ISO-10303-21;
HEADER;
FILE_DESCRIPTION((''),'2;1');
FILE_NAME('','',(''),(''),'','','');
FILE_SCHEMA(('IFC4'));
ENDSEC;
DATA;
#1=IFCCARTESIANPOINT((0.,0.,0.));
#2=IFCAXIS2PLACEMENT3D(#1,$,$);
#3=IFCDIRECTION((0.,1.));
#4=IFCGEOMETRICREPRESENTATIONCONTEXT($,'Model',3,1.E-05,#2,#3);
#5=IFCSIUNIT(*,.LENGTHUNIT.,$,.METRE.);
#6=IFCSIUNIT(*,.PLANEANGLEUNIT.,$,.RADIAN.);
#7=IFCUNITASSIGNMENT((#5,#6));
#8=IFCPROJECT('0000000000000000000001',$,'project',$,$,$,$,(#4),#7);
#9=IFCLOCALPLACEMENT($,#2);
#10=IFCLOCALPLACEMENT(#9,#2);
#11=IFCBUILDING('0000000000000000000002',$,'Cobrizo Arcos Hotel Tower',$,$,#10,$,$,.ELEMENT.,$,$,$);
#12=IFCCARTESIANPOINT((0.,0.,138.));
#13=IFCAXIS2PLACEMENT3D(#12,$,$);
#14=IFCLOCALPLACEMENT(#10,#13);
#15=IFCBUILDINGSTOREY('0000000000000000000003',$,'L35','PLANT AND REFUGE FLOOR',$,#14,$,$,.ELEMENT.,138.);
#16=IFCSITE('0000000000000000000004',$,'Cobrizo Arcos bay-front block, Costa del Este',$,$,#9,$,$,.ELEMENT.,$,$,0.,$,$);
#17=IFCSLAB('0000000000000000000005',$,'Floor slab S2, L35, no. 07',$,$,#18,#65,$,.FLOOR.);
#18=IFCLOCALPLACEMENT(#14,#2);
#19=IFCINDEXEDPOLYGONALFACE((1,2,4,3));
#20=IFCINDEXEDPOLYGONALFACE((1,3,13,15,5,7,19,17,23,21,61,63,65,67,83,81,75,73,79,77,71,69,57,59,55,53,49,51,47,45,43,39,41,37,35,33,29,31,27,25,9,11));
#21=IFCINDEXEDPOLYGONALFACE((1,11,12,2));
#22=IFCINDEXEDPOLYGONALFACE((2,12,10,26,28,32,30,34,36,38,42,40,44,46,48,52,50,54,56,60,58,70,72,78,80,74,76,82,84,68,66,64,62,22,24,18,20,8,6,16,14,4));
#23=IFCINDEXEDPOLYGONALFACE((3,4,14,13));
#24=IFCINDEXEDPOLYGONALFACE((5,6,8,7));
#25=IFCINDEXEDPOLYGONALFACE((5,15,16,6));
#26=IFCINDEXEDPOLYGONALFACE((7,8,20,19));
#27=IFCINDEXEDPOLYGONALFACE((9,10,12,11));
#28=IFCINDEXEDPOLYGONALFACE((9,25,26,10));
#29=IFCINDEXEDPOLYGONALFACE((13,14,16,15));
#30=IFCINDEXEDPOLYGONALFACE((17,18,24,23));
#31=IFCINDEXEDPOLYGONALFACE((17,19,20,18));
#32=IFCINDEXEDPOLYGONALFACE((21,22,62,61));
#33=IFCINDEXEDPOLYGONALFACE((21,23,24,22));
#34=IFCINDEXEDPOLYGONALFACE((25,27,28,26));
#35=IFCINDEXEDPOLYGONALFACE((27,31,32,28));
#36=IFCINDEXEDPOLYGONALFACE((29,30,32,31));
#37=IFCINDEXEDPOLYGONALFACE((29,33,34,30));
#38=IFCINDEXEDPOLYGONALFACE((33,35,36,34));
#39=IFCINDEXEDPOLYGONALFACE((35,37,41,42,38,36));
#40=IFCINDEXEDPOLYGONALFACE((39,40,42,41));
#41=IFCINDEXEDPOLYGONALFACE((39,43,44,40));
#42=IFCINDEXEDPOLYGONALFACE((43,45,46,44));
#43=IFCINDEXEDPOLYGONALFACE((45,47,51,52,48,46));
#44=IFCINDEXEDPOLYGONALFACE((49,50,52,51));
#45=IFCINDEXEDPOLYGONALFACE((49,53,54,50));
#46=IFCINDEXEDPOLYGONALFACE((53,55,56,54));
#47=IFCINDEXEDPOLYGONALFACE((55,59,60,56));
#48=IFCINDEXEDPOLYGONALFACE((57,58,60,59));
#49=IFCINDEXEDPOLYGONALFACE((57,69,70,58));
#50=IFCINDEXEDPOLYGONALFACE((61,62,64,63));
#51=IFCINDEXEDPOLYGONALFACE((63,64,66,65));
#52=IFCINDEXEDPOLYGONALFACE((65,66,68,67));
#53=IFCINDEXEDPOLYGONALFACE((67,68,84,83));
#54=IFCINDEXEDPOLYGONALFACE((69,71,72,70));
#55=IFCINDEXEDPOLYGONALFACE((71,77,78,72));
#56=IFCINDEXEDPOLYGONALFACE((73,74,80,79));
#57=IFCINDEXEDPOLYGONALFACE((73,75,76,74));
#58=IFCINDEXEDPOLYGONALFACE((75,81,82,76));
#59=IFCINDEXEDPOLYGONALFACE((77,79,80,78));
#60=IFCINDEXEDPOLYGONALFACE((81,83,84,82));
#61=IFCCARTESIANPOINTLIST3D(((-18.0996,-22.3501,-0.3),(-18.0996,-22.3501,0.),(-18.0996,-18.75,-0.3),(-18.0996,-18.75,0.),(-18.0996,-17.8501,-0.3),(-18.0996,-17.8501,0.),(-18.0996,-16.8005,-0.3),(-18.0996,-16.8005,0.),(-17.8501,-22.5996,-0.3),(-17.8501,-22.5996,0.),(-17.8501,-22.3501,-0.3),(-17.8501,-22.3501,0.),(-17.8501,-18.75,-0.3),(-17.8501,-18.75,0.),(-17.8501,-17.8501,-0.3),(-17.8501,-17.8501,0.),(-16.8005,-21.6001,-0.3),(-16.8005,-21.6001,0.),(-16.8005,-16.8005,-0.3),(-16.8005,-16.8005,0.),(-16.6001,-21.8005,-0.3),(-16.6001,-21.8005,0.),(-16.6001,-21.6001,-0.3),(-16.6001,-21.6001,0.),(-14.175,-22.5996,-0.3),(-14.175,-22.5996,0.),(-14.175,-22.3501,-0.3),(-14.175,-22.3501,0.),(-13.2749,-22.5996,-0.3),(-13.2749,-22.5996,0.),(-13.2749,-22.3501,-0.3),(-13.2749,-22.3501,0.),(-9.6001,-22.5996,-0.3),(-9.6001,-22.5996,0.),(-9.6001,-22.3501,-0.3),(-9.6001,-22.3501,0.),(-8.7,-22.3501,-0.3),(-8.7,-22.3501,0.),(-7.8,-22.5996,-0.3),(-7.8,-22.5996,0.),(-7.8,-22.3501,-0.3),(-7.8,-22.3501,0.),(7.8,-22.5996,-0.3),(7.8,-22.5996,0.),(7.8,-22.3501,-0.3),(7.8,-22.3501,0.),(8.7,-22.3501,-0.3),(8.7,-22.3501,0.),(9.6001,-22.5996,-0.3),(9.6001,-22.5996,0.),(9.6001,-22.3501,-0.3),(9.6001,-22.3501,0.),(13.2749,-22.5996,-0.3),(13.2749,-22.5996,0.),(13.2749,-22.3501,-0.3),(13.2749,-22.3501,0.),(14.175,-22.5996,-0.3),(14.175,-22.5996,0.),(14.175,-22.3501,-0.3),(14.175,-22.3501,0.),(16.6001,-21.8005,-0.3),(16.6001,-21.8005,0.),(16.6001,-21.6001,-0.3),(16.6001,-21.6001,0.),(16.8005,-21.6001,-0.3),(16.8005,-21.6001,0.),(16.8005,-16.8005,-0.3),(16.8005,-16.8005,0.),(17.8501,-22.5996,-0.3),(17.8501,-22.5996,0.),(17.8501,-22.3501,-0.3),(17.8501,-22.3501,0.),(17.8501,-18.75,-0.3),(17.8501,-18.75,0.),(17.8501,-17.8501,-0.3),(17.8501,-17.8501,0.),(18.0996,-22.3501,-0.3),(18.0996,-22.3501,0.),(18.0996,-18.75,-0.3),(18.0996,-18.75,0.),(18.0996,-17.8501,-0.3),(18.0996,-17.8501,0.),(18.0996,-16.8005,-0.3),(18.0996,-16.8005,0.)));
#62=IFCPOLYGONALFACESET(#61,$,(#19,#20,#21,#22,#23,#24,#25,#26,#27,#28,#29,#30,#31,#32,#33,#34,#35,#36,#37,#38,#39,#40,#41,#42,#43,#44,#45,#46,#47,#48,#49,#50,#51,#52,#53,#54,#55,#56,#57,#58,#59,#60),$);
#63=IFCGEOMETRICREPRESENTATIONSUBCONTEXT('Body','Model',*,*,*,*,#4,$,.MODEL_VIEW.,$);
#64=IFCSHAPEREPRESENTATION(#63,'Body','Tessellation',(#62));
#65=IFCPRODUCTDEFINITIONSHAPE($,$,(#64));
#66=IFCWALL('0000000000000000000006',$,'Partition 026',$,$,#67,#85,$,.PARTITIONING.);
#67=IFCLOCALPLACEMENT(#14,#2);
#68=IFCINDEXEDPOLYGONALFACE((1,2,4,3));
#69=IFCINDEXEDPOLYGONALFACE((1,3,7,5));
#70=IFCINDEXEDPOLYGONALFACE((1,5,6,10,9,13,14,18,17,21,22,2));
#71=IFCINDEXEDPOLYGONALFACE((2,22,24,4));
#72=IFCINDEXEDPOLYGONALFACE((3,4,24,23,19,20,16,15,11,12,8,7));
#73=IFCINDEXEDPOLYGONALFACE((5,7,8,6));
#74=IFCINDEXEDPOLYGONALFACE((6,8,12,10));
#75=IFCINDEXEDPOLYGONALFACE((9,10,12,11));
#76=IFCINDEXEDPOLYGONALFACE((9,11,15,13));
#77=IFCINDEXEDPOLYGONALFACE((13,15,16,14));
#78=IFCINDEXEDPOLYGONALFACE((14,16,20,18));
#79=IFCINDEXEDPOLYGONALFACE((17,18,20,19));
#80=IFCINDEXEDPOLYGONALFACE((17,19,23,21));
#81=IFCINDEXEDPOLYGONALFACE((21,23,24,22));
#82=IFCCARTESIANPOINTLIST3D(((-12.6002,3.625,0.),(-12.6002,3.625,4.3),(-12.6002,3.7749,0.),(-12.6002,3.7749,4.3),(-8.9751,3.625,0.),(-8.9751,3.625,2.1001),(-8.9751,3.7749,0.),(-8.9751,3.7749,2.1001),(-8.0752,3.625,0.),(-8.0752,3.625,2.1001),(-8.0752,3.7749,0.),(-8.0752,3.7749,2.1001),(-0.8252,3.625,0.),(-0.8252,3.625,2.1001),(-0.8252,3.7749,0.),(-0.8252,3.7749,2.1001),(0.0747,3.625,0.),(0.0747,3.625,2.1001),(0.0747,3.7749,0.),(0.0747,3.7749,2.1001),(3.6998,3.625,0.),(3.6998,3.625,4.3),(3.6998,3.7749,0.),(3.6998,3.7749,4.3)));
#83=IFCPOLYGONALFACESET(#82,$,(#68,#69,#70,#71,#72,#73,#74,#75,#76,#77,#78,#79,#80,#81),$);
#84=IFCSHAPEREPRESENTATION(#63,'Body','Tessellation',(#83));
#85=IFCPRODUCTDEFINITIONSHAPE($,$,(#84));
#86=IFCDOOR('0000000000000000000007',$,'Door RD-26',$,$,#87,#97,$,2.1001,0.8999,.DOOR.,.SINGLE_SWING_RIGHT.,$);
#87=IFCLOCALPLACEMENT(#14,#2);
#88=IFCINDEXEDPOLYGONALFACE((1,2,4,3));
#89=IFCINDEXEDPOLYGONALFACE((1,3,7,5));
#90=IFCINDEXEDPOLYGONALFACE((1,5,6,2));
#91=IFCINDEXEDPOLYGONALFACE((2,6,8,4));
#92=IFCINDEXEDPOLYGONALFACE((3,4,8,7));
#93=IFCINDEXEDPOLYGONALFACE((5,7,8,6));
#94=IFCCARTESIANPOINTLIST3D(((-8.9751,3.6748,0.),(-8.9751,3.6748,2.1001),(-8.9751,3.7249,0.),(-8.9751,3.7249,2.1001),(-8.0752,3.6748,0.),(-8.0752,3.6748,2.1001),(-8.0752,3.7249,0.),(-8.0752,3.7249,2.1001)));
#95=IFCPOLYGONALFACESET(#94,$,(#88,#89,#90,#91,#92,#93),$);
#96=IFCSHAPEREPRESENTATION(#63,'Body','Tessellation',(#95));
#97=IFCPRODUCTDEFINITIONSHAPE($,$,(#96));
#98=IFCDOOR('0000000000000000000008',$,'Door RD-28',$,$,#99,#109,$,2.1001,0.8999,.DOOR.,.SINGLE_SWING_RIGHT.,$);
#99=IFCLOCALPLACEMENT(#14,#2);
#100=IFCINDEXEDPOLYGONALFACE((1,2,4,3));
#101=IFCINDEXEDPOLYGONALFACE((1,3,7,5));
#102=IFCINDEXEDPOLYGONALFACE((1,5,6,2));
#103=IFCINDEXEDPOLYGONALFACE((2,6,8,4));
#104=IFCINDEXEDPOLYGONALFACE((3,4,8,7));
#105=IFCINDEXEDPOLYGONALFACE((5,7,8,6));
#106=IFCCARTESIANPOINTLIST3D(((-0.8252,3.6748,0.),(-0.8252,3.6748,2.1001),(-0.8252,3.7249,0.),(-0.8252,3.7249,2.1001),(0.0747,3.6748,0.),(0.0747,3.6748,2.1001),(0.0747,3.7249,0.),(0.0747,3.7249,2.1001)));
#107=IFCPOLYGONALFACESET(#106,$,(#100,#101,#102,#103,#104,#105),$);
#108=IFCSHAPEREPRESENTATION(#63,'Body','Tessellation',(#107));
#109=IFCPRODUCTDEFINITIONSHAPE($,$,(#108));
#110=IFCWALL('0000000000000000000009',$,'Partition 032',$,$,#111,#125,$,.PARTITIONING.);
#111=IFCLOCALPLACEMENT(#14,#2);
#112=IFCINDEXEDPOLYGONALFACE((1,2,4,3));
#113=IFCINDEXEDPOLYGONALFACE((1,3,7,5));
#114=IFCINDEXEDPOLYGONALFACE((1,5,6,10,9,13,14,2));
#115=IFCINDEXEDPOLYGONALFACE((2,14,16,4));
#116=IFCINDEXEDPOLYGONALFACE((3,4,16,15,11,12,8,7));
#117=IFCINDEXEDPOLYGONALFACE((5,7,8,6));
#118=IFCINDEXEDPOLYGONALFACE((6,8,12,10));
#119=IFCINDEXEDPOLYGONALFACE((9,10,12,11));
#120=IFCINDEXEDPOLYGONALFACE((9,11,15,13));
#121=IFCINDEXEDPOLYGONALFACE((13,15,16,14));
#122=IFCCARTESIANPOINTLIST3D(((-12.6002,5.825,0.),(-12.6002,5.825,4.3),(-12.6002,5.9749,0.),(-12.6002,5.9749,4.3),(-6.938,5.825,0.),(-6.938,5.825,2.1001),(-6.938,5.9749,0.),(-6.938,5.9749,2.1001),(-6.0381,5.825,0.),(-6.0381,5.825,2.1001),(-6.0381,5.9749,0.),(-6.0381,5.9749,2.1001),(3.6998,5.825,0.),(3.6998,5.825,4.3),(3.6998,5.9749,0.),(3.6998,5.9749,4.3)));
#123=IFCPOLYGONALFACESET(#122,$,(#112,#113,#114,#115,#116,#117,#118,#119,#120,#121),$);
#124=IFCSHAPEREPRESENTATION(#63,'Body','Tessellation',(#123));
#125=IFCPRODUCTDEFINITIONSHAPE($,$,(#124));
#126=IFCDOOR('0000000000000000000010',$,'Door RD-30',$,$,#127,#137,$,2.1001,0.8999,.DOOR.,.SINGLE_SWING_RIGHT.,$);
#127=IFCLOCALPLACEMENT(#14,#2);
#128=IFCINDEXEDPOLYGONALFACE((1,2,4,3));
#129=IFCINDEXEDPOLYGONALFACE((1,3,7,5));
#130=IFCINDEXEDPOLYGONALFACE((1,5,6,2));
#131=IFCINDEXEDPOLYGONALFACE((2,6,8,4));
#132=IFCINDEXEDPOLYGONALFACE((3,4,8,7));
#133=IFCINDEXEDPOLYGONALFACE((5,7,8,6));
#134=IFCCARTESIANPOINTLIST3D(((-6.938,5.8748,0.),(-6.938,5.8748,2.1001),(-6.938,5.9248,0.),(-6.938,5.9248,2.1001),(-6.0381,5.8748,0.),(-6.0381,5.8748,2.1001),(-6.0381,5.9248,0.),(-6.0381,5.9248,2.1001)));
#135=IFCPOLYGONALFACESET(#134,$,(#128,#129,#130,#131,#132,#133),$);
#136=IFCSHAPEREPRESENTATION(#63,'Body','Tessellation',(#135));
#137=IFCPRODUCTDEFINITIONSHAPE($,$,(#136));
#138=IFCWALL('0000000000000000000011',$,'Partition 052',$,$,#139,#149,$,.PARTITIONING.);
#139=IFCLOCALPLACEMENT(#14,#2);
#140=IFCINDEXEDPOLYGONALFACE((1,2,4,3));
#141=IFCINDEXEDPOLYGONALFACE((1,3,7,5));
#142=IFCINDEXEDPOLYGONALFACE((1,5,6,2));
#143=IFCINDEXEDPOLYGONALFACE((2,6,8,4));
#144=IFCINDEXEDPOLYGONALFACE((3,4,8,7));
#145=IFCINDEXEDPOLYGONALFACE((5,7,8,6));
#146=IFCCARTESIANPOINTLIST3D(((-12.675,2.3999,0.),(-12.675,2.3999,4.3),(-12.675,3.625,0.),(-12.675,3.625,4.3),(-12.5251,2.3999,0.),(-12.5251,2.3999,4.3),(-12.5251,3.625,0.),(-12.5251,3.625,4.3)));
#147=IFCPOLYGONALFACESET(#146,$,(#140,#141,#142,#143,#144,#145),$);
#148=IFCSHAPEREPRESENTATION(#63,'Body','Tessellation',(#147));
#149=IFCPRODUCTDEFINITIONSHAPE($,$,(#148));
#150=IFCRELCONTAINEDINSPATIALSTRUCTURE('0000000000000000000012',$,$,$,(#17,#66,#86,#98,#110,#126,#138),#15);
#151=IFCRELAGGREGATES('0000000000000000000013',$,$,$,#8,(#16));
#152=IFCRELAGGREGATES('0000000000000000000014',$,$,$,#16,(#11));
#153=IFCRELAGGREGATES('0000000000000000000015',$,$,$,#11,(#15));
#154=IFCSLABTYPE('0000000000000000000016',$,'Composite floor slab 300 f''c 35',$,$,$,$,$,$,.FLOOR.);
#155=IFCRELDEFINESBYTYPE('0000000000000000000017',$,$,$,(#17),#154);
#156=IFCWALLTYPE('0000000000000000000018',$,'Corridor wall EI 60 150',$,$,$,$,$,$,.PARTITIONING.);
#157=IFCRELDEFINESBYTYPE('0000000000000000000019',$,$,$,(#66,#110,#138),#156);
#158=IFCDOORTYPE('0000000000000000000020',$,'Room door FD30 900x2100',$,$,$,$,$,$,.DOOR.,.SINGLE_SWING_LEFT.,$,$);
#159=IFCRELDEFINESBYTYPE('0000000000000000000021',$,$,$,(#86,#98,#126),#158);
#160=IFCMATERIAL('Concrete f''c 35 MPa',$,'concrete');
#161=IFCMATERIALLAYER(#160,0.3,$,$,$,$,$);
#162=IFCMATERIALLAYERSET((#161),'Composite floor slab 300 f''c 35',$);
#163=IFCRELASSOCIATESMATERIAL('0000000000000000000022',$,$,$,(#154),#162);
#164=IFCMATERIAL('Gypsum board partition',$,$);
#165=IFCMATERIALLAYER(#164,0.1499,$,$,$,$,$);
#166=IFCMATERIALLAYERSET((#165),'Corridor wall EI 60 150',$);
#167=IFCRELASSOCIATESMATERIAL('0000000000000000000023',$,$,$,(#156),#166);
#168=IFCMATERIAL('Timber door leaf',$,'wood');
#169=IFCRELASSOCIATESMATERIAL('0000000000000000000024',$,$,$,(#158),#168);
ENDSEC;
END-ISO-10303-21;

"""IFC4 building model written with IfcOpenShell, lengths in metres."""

from ifc_helpers import new_model, si_unit, direction, frame, frame_2d, origin, place, context, subcontext, project, spatial, polyline, rectangle, outline, extrude, material, layer, layer_set, type_object, element, fill, save


model = new_model("IFC4")

# Units and contexts
model_context = context("Model", 3, precision=1e-05, world=origin(), true_north=direction((0.0, 1.0)))
body_context = subcontext(model_context, "Body", "Model", "MODEL_VIEW")
ifc_project = project(units=[si_unit("LENGTHUNIT", "METRE"), si_unit("PLANEANGLEUNIT", "RADIAN")], contexts=[model_context])

# Site, building, storey
site_placement = place(None, origin())
site = spatial("IfcSite", under=ifc_project, at=site_placement, Name="Cobrizo Arcos bay-front block, Costa del Este", CompositionType="ELEMENT", RefElevation=0.0)
building_placement = place(site_placement, origin())
building = spatial("IfcBuilding", under=site, at=building_placement, Name="Cobrizo Arcos Hotel Tower", CompositionType="ELEMENT")
storey_placement = place(building_placement, frame((0.0, 0.0, 138.0)))
storey = spatial("IfcBuildingStorey", under=building, at=storey_placement, Name="L35", Description="PLANT AND REFUGE FLOOR", CompositionType="ELEMENT", Elevation=138.0)

# Slab
ifc_material_1 = material(Name="Concrete f'c 35 MPa", Category="concrete")
ifc_layer_1 = layer(ifc_material_1, 0.3)
ifc_layer_set_1 = layer_set([ifc_layer_1], Name="Composite floor slab 300 f'c 35")
slab_type = type_object("IfcSlabType", Name="Composite floor slab 300 f'c 35", PredefinedType="FLOOR", material=ifc_layer_set_1)
slab_1_placement = place(storey_placement, frame((0.0, 0.0, -0.3)))
element("IfcSlab", 1, at=slab_1_placement, inside=storey, type_object=slab_type, Name="Floor slab S2, L35, no. 07", PredefinedType="FLOOR", context=body_context, shape_type="SweptSolid", body=[
    extrude(outline(polyline([(16.6001, -21.6001), (16.8005, -21.6001), (16.8005, -16.8005), (18.0996, -16.8005), (18.0996, -17.8501), (17.8501, -17.8501), (17.8501, -18.75), (18.0996, -18.75), (18.0996, -22.3501), (17.8501, -22.3501), (17.8501, -22.5996), (14.175, -22.5996), (14.175, -22.3501), (13.2749, -22.3501), (13.2749, -22.5996), (9.6001, -22.5996), (9.6001, -22.3501), (8.7, -22.3501), (7.8, -22.3501), (7.8, -22.5996), (-7.8, -22.5996), (-7.8, -22.3501), (-8.7, -22.3501), (-9.6001, -22.3501), (-9.6001, -22.5996), (-13.2749, -22.5996), (-13.2749, -22.3501), (-14.175, -22.3501), (-14.175, -22.5996), (-17.8501, -22.5996), (-17.8501, -22.3501), (-18.0996, -22.3501), (-18.0996, -18.75), (-17.8501, -18.75), (-17.8501, -17.8501), (-18.0996, -17.8501), (-18.0996, -16.8005), (-16.8005, -16.8005), (-16.8005, -21.6001), (-16.6001, -21.6001), (-16.6001, -21.8005), (16.6001, -21.8005), (16.6001, -21.6001)])), origin(), (0.0, 0.0, 1.0), 0.3),
])

# Wall, openings, doors
ifc_material_2 = material(Name="Gypsum board partition")
ifc_layer_2 = layer(ifc_material_2, 0.1499)
ifc_layer_set_2 = layer_set([ifc_layer_2], Name="Corridor wall EI 60 150")
wall_type = type_object("IfcWallType", Name="Corridor wall EI 60 150", PredefinedType="PARTITIONING", material=ifc_layer_set_2)
wall_1_placement = place(storey_placement, frame((-12.6001, 3.7, 0.0), z_axis=(0.0, 0.0, 1.0), x_axis=(1.0, 0.0, 0.0)))
wall_1 = element("IfcWall", 2, at=wall_1_placement, inside=storey, type_object=wall_type, Name="Partition 026", PredefinedType="PARTITIONING", context=body_context, shape_type="SweptSolid", body=[
    extrude(rectangle(XDim=16.3, YDim=0.1499, at=frame_2d((8.1499, 0.0))), origin(), (0.0, 0.0, 1.0), 4.3),
])
opening_1_placement = place(wall_1_placement, frame((3.625, 0.0, 0.0)))
opening_1 = element("IfcOpeningElement", 3, at=opening_1_placement, cuts=wall_1, PredefinedType="OPENING", context=body_context, shape_type="SweptSolid", body=[
    extrude(rectangle(XDim=0.8999, YDim=2.1001, at=frame_2d((0.45, 1.05))), frame((0.0, 0.0869, 0.0), z_axis=(0.0, -1.0, 0.0), x_axis=(1.0, 0.0, 0.0)), (0.0, 0.0, 1.0), 0.1738),
])
opening_2_placement = place(wall_1_placement, frame((11.7749, 0.0, 0.0)))
opening_2 = element("IfcOpeningElement", 4, at=opening_2_placement, cuts=wall_1, PredefinedType="OPENING", context=body_context, shape_type="SweptSolid", body=[
    extrude(rectangle(XDim=0.8999, YDim=2.1001, at=frame_2d((0.45, 1.05))), frame((0.0, 0.0869, 0.0), z_axis=(0.0, -1.0, 0.0), x_axis=(1.0, 0.0, 0.0)), (0.0, 0.0, 1.0), 0.1738),
])
ifc_material_3 = material(Name="Timber door leaf", Category="wood")
door_type = type_object("IfcDoorType", Name="Room door FD30 900x2100", OperationType="SINGLE_SWING_LEFT", PredefinedType="DOOR", material=ifc_material_3)
door_1_placement = place(opening_1_placement, origin())
door_1 = element("IfcDoor", 5, at=door_1_placement, inside=storey, type_object=door_type, Name="Door RD-26", OperationType="SINGLE_SWING_RIGHT", OverallHeight=2.1001, OverallWidth=0.8999, PredefinedType="DOOR", context=body_context, shape_type="SweptSolid", body=[
    extrude(rectangle(XDim=0.8999, YDim=2.1001, at=frame_2d((0.45, 1.05))), frame((0.0, 0.0249, 0.0), z_axis=(0.0, -1.0, 0.0), x_axis=(1.0, 0.0, 0.0)), (0.0, 0.0, 1.0), 0.05),
])
fill(opening_1, door_1)
door_2_placement = place(opening_2_placement, origin())
door_2 = element("IfcDoor", 6, at=door_2_placement, inside=storey, type_object=door_type, Name="Door RD-28", OperationType="SINGLE_SWING_RIGHT", OverallHeight=2.1001, OverallWidth=0.8999, PredefinedType="DOOR", context=body_context, shape_type="SweptSolid", body=[
    extrude(rectangle(XDim=0.8999, YDim=2.1001, at=frame_2d((0.45, 1.05))), frame((0.0, 0.0249, 0.0), z_axis=(0.0, -1.0, 0.0), x_axis=(1.0, 0.0, 0.0)), (0.0, 0.0, 1.0), 0.05),
])
fill(opening_2, door_2)

# Wall, opening, door
wall_2_placement = place(storey_placement, frame((-12.6001, 5.8999, 0.0), z_axis=(0.0, 0.0, 1.0), x_axis=(1.0, 0.0, 0.0)))
wall_2 = element("IfcWall", 7, at=wall_2_placement, inside=storey, type_object=wall_type, Name="Partition 032", PredefinedType="PARTITIONING", context=body_context, shape_type="SweptSolid", body=[
    extrude(rectangle(XDim=16.3, YDim=0.1499, at=frame_2d((8.1499, 0.0))), origin(), (0.0, 0.0, 1.0), 4.3),
])
opening_3_placement = place(wall_2_placement, frame((5.6621, 0.0, 0.0)))
opening_3 = element("IfcOpeningElement", 8, at=opening_3_placement, cuts=wall_2, PredefinedType="OPENING", context=body_context, shape_type="SweptSolid", body=[
    extrude(rectangle(XDim=0.8999, YDim=2.1001, at=frame_2d((0.45, 1.05))), frame((0.0, 0.0869, 0.0), z_axis=(0.0, -1.0, 0.0), x_axis=(1.0, 0.0, 0.0)), (0.0, 0.0, 1.0), 0.1738),
])
door_3_placement = place(opening_3_placement, origin())
door_3 = element("IfcDoor", 9, at=door_3_placement, inside=storey, type_object=door_type, Name="Door RD-30", OperationType="SINGLE_SWING_RIGHT", OverallHeight=2.1001, OverallWidth=0.8999, PredefinedType="DOOR", context=body_context, shape_type="SweptSolid", body=[
    extrude(rectangle(XDim=0.8999, YDim=2.1001, at=frame_2d((0.45, 1.05))), frame((0.0, 0.0249, 0.0), z_axis=(0.0, -1.0, 0.0), x_axis=(1.0, 0.0, 0.0)), (0.0, 0.0, 1.0), 0.05),
])
fill(opening_3, door_3)

# Wall
wall_3_placement = place(storey_placement, frame((-12.6001, 2.3999, 0.0), z_axis=(0.0, 0.0, 1.0), x_axis=(0.0, 1.0, 0.0)))
element("IfcWall", 10, at=wall_3_placement, inside=storey, type_object=wall_type, Name="Partition 052", PredefinedType="PARTITIONING", context=body_context, shape_type="SweptSolid", body=[
    extrude(rectangle(XDim=1.2251, YDim=0.1499, at=frame_2d((0.6125, 0.0))), origin(), (0.0, 0.0, 1.0), 4.3),
])

save(model, "model.ifc")
